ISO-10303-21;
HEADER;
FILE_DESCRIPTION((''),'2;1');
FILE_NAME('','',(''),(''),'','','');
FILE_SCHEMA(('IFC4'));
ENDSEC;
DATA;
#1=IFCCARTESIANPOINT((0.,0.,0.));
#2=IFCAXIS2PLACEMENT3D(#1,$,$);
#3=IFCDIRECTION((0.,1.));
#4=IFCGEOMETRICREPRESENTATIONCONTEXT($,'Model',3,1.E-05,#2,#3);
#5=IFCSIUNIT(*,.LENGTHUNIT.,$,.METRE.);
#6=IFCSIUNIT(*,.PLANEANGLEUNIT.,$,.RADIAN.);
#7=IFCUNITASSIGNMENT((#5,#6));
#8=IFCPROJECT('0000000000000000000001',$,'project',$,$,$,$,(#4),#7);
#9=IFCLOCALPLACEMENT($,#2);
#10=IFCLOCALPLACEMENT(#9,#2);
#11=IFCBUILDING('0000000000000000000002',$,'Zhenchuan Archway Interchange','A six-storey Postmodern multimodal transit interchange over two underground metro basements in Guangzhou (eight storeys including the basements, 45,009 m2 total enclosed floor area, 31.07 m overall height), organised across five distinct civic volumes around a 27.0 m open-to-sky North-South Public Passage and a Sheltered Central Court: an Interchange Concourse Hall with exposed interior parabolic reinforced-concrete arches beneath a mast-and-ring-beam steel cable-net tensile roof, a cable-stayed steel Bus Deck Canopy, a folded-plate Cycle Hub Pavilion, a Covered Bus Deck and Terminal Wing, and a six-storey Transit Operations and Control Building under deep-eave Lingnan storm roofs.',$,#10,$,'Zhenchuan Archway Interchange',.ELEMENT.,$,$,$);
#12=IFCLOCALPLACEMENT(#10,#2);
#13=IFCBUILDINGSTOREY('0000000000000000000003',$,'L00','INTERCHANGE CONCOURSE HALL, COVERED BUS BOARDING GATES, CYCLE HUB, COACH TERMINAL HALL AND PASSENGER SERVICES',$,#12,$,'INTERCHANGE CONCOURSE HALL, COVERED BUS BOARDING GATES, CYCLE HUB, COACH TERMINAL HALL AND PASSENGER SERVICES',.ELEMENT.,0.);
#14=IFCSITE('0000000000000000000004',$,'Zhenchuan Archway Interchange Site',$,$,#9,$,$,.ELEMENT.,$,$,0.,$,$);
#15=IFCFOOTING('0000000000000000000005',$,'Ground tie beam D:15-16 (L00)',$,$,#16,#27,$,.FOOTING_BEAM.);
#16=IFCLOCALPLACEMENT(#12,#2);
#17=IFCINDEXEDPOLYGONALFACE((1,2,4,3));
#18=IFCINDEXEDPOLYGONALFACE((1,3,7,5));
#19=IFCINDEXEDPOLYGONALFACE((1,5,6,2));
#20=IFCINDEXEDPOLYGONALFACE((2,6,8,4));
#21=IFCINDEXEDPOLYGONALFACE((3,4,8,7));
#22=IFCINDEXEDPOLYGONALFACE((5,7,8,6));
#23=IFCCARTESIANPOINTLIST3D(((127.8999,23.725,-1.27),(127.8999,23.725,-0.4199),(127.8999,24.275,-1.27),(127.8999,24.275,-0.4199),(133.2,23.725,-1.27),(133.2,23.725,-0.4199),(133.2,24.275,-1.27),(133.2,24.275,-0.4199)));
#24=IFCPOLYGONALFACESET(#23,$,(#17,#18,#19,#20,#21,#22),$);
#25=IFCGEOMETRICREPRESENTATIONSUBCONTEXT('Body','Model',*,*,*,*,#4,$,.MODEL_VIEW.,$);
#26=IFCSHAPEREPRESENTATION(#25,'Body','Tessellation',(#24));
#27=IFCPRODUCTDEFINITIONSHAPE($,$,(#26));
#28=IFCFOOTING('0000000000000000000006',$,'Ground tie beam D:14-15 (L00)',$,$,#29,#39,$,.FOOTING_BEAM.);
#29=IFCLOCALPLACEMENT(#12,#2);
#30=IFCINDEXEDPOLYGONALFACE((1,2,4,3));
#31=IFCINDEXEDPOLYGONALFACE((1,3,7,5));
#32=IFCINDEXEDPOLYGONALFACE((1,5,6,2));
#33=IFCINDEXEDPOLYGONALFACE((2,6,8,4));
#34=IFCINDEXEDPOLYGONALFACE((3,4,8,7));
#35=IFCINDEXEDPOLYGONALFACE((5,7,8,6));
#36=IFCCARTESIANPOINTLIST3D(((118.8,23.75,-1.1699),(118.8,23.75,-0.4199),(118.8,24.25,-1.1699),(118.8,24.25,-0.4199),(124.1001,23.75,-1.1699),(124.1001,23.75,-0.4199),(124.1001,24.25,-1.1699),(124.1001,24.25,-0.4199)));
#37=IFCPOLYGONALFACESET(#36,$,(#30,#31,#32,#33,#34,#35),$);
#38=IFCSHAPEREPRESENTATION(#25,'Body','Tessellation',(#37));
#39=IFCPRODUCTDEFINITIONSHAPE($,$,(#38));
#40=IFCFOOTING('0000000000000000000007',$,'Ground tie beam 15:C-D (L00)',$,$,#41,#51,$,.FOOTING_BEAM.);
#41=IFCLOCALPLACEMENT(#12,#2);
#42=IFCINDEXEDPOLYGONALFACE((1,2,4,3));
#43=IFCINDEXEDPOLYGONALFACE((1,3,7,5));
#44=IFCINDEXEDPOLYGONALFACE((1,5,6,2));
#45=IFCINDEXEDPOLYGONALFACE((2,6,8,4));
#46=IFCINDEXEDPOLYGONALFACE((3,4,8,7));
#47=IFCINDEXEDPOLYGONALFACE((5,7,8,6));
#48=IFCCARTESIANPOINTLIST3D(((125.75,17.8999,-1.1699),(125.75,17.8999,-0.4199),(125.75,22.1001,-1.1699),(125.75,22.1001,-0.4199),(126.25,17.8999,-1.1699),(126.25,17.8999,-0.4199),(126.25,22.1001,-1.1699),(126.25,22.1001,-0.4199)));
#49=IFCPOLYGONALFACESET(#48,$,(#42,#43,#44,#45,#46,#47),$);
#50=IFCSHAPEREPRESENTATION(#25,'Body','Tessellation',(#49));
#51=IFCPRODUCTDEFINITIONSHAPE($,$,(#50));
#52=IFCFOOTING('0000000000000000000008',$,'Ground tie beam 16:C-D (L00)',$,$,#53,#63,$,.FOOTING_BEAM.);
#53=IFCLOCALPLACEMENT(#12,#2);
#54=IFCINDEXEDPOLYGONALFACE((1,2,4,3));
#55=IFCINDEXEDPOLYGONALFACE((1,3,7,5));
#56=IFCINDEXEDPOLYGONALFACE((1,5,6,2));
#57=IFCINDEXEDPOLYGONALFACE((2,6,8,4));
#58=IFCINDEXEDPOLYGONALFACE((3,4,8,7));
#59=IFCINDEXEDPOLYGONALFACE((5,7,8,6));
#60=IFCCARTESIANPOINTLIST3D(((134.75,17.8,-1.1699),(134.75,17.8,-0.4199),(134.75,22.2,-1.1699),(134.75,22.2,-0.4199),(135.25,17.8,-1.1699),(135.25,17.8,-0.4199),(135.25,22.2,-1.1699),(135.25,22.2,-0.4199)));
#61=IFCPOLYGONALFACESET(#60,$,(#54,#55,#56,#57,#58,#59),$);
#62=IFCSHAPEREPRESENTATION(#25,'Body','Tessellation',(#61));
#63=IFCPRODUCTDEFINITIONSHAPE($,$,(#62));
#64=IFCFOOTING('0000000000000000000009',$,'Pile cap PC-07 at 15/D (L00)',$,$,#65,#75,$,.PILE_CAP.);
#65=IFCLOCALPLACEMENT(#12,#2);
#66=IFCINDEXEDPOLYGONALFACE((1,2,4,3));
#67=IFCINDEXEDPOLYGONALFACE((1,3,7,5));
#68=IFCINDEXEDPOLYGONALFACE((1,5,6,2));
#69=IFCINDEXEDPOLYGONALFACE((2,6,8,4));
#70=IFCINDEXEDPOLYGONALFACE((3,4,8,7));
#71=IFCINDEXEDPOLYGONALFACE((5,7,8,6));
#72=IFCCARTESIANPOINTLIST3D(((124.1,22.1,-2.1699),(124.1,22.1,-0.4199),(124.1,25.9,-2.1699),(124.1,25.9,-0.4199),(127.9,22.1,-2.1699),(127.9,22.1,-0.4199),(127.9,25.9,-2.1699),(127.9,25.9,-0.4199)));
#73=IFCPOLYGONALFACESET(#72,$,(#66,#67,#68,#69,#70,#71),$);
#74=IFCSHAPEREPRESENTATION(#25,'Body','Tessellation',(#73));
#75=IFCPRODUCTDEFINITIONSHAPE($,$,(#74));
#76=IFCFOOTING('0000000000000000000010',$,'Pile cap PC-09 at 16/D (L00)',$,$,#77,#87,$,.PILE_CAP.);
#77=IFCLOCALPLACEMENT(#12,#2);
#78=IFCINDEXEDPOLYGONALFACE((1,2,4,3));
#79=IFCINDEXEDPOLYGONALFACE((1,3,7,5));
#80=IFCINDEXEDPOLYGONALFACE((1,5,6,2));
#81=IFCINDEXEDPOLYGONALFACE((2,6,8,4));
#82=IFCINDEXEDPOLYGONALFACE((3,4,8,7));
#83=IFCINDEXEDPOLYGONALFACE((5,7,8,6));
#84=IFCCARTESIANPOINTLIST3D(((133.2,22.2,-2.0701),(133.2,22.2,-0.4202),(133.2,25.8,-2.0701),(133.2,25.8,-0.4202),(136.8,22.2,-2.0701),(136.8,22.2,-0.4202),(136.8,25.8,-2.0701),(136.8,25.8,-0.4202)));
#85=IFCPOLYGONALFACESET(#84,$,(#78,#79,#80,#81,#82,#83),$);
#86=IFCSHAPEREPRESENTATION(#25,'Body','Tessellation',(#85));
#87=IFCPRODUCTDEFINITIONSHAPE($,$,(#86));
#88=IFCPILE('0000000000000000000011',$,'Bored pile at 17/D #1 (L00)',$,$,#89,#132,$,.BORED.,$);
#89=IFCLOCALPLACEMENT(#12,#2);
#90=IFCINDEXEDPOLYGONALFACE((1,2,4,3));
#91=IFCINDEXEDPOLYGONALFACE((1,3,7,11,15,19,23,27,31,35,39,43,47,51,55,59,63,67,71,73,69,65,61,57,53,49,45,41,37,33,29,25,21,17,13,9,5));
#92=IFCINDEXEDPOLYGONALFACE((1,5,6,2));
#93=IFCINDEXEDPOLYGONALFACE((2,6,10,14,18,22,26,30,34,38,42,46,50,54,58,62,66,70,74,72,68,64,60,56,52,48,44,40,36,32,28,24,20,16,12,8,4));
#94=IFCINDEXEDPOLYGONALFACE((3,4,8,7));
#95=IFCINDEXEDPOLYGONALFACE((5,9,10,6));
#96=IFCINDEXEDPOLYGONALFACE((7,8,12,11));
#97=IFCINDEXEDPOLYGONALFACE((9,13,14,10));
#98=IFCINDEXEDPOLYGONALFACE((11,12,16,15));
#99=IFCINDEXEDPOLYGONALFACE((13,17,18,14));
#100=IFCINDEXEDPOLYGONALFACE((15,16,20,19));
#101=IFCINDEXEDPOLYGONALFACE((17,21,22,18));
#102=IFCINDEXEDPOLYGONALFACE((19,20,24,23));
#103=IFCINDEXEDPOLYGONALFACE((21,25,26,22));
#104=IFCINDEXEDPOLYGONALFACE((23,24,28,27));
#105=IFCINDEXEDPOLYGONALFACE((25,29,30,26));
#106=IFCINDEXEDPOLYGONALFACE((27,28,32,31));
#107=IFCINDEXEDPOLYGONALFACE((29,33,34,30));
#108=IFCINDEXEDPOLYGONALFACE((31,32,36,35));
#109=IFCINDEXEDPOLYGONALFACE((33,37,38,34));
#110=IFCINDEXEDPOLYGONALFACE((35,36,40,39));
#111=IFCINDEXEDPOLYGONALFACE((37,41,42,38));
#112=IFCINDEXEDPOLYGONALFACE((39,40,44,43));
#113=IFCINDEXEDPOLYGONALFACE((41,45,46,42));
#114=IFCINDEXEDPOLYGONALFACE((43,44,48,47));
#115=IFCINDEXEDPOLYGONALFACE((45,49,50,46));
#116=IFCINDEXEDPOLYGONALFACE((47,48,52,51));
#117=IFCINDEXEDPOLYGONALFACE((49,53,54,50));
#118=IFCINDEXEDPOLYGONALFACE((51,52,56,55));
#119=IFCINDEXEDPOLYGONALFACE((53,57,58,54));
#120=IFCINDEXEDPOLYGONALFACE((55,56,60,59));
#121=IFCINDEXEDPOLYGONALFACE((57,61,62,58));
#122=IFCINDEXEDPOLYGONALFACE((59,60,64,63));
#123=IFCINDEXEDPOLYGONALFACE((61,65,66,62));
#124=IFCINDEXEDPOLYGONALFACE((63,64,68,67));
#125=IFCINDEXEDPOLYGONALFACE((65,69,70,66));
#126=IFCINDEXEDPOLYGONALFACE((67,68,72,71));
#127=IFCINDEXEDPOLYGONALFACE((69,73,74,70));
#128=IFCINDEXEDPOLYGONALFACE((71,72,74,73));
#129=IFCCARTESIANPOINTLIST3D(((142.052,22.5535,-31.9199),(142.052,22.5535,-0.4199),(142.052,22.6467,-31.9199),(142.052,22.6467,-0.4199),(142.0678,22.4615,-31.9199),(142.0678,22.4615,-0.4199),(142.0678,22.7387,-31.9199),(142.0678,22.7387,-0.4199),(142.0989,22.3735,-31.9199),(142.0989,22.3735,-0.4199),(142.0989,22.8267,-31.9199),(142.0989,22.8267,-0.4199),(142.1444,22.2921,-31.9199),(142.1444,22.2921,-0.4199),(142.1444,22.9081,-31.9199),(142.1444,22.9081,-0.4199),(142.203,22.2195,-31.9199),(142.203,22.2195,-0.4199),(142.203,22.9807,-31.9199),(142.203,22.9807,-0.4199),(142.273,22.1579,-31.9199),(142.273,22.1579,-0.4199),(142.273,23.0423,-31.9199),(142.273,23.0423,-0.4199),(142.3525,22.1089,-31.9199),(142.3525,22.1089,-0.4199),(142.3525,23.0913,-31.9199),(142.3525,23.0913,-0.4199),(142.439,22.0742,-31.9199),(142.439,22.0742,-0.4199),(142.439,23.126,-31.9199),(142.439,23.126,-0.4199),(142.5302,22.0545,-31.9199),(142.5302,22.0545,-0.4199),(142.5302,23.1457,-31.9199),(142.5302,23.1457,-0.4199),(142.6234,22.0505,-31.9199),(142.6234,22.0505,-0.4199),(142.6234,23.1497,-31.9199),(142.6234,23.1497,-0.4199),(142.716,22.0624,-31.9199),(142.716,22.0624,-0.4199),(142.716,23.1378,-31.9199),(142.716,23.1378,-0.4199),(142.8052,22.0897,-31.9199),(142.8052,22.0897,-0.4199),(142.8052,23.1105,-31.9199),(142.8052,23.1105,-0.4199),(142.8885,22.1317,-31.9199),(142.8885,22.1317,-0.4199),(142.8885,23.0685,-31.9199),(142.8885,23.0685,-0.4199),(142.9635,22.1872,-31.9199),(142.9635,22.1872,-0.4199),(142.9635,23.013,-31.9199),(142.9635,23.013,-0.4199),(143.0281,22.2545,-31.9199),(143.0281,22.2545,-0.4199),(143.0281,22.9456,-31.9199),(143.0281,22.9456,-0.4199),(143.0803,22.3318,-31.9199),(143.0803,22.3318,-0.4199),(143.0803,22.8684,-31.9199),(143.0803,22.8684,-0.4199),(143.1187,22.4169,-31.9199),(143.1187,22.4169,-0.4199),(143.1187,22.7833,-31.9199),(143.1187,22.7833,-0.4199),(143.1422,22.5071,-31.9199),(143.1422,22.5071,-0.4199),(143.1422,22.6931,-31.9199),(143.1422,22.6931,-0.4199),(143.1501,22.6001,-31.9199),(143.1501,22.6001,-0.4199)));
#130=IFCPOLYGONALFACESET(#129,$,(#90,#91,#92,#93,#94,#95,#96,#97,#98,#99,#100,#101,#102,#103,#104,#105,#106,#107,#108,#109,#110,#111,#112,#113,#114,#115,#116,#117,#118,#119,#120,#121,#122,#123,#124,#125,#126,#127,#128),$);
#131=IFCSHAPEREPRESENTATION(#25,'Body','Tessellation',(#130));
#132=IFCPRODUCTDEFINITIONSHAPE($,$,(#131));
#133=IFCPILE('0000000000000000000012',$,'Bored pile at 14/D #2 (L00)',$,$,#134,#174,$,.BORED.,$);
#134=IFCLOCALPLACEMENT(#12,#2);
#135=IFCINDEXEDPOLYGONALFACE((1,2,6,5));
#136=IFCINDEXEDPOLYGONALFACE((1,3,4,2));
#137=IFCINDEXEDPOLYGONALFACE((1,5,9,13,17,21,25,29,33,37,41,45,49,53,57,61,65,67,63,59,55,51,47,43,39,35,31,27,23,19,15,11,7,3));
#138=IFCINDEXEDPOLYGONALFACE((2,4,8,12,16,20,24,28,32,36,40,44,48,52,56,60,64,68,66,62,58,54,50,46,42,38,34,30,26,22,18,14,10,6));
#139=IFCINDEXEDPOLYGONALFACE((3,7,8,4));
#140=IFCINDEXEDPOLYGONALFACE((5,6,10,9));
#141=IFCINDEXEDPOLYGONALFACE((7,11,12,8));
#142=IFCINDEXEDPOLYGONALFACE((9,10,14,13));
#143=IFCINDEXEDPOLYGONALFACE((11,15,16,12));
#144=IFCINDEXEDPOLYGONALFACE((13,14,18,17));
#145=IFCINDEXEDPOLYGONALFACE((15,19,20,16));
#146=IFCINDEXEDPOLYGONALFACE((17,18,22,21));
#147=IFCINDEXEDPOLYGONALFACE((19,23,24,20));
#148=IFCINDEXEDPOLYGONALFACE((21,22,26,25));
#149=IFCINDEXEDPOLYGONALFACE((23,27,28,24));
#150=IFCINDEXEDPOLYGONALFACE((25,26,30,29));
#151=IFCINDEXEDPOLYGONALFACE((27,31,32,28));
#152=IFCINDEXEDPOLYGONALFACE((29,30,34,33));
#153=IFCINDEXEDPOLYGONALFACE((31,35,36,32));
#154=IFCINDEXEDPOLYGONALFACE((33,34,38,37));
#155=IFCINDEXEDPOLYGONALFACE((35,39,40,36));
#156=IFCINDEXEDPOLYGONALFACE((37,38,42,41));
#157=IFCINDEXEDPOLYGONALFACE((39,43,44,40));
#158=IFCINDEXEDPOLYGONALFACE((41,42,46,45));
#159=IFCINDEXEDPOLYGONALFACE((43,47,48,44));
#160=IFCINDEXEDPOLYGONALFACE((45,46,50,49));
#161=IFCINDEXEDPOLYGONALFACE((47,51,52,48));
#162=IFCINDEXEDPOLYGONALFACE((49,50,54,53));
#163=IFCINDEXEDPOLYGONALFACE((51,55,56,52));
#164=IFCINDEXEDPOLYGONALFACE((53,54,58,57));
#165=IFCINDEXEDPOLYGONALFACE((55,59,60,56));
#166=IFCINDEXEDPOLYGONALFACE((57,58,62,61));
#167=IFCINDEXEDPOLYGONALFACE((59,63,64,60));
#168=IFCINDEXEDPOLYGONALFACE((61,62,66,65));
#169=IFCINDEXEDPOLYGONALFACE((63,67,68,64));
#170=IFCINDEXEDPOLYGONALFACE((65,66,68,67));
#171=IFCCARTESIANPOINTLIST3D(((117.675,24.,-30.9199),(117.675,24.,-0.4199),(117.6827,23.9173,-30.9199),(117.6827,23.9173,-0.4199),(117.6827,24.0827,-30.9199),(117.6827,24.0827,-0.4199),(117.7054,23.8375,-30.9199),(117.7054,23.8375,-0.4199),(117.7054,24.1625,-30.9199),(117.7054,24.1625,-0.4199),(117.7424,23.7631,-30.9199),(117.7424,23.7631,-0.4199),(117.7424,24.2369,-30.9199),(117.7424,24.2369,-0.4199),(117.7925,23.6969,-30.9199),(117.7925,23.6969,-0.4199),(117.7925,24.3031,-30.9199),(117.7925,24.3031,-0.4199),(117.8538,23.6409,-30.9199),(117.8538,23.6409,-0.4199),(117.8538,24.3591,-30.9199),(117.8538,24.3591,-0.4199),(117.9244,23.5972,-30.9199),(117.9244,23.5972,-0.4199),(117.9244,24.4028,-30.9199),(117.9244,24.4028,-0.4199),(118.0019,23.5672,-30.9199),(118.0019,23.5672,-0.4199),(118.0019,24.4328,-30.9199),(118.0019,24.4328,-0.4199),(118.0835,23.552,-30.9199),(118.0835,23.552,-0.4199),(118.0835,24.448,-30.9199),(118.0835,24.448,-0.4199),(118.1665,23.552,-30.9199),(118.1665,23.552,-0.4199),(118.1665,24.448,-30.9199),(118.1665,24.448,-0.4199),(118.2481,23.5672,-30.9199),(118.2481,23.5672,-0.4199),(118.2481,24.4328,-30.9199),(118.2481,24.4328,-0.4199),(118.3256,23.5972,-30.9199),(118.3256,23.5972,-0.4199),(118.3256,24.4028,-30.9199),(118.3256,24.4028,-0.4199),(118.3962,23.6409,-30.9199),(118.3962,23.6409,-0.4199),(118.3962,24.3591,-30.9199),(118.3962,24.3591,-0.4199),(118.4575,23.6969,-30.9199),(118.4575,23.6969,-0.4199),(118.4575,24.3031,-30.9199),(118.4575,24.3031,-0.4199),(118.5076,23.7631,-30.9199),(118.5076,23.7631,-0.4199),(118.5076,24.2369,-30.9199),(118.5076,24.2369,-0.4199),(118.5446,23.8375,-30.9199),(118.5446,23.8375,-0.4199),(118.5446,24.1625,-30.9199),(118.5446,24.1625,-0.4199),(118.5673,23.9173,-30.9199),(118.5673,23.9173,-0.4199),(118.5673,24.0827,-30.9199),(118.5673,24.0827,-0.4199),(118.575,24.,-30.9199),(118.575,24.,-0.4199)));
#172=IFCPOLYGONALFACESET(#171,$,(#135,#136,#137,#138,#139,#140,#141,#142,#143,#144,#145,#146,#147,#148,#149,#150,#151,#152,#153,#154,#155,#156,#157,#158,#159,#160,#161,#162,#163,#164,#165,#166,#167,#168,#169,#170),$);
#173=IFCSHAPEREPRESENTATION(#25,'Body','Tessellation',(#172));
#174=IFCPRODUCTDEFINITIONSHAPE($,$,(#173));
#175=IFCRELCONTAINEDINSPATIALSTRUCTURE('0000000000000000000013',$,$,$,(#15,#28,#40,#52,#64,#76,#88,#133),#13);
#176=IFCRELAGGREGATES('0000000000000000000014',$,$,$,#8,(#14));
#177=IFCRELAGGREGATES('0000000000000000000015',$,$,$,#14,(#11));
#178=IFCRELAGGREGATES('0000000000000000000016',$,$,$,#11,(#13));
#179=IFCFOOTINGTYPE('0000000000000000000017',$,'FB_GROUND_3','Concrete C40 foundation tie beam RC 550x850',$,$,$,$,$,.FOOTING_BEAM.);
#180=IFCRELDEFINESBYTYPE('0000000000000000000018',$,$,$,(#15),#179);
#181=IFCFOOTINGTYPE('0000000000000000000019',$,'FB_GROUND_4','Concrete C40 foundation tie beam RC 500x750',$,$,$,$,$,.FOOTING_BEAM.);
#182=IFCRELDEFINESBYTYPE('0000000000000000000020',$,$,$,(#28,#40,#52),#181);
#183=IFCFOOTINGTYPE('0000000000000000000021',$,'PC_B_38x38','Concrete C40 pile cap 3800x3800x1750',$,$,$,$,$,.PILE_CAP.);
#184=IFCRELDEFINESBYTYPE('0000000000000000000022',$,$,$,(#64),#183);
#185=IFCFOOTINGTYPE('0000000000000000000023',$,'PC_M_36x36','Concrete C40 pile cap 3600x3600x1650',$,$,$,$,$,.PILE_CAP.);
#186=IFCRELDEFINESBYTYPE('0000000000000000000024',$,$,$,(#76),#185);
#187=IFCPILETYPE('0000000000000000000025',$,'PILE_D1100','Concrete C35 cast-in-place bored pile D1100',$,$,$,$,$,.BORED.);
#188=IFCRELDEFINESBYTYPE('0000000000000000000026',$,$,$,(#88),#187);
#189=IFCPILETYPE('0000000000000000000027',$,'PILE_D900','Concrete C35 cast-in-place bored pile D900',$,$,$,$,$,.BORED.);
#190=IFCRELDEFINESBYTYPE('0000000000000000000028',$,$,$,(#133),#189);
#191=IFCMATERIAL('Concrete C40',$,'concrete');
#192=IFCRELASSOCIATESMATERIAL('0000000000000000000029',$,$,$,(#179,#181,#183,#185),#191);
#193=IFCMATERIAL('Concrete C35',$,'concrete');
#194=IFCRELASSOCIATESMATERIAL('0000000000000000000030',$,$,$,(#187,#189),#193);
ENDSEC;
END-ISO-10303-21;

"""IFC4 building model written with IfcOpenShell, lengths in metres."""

from ifc_helpers import new_model, si_unit, direction, frame, origin, origin_2d, place, context, subcontext, project, spatial, rectangle, circle, extrude, material, material_profile, profile_set, type_object, element, save


model = new_model("IFC4")

# Units and contexts
model_context = context("Model", 3, precision=1e-05, world=origin(), true_north=direction((0.0, 1.0)))
body_context = subcontext(model_context, "Body", "Model", "MODEL_VIEW")
ifc_project = project(units=[si_unit("LENGTHUNIT", "METRE"), si_unit("PLANEANGLEUNIT", "RADIAN")], contexts=[model_context])

# Site, building, storey
site_placement = place(None, origin())
site = spatial("IfcSite", under=ifc_project, at=site_placement, Name="Zhenchuan Archway Interchange Site", CompositionType="ELEMENT", RefElevation=0.0)
building_placement = place(site_placement, origin())
building = spatial("IfcBuilding", under=site, at=building_placement, Name="Zhenchuan Archway Interchange", Description="A six-storey Postmodern multimodal transit interchange over two underground metro basements in Guangzhou (eight storeys including the basements, 45,009 m2 total enclosed floor area, 31.07 m overall height), organised across five distinct civic volumes around a 27.0 m open-to-sky North-South Public Passage and a Sheltered Central Court: an Interchange Concourse Hall with exposed interior parabolic reinforced-concrete arches beneath a mast-and-ring-beam steel cable-net tensile roof, a cable-stayed steel Bus Deck Canopy, a folded-plate Cycle Hub Pavilion, a Covered Bus Deck and Terminal Wing, and a six-storey Transit Operations and Control Building under deep-eave Lingnan storm roofs.", LongName="Zhenchuan Archway Interchange", CompositionType="ELEMENT")
storey_placement = place(building_placement, origin())
storey = spatial("IfcBuildingStorey", under=building, at=storey_placement, Name="L00", Description="INTERCHANGE CONCOURSE HALL, COVERED BUS BOARDING GATES, CYCLE HUB, COACH TERMINAL HALL AND PASSENGER SERVICES", LongName="INTERCHANGE CONCOURSE HALL, COVERED BUS BOARDING GATES, CYCLE HUB, COACH TERMINAL HALL AND PASSENGER SERVICES", CompositionType="ELEMENT", Elevation=0.0)

# Footings
ifc_material_1 = material(Name="Concrete C40", Category="concrete")
ifc_material_profile_1 = material_profile(ifc_material_1, rectangle(XDim=0.55, YDim=0.8501, at=origin_2d()), Name="RC 550x850")
ifc_profile_set_1 = profile_set([ifc_material_profile_1], Name="Concrete C40")
footing_type_1 = type_object("IfcFootingType", Name="FB_GROUND_3", Description="Concrete C40 foundation tie beam RC 550x850", PredefinedType="FOOTING_BEAM", material=ifc_profile_set_1)
footing_1_placement = place(storey_placement, frame((127.8999, 24.0, -0.845), z_axis=(1.0, 0.0, 0.0), x_axis=(0.0, 1.0, 0.0)))
element("IfcFooting", 1, at=footing_1_placement, inside=storey, type_object=footing_type_1, Name="Ground tie beam D:15-16 (L00)", PredefinedType="FOOTING_BEAM", context=body_context, shape_type="SweptSolid", body=[
    extrude(rectangle(XDim=0.55, YDim=0.8501, at=origin_2d()), origin(), (0.0, 0.0, 1.0), 5.3),
])
ifc_material_profile_2 = material_profile(ifc_material_1, rectangle(XDim=0.5, YDim=0.75, at=origin_2d()), Name="RC 500x750")
ifc_profile_set_2 = profile_set([ifc_material_profile_2], Name="Concrete C40")
footing_type_2 = type_object("IfcFootingType", Name="FB_GROUND_4", Description="Concrete C40 foundation tie beam RC 500x750", PredefinedType="FOOTING_BEAM", material=ifc_profile_set_2)
footing_2_placement = place(storey_placement, frame((118.8, 24.0, -0.7949), z_axis=(1.0, 0.0, 0.0), x_axis=(0.0, 1.0, 0.0)))
element("IfcFooting", 2, at=footing_2_placement, inside=storey, type_object=footing_type_2, Name="Ground tie beam D:14-15 (L00)", PredefinedType="FOOTING_BEAM", context=body_context, shape_type="SweptSolid", body=[
    extrude(rectangle(XDim=0.5, YDim=0.75, at=origin_2d()), origin(), (0.0, 0.0, 1.0), 5.3),
])
footing_3_placement = place(storey_placement, frame((126.0, 17.8999, -0.7949), z_axis=(0.0, 1.0, 0.0), x_axis=(-1.0, 0.0, 0.0)))
element("IfcFooting", 3, at=footing_3_placement, inside=storey, type_object=footing_type_2, Name="Ground tie beam 15:C-D (L00)", PredefinedType="FOOTING_BEAM", context=body_context, shape_type="SweptSolid", body=[
    extrude(rectangle(XDim=0.5, YDim=0.75, at=origin_2d()), origin(), (0.0, 0.0, 1.0), 4.2002),
])
footing_4_placement = place(storey_placement, frame((135.0, 17.8, -0.7949), z_axis=(0.0, 1.0, 0.0), x_axis=(-1.0, 0.0, 0.0)))
element("IfcFooting", 4, at=footing_4_placement, inside=storey, type_object=footing_type_2, Name="Ground tie beam 16:C-D (L00)", PredefinedType="FOOTING_BEAM", context=body_context, shape_type="SweptSolid", body=[
    extrude(rectangle(XDim=0.5, YDim=0.75, at=origin_2d()), origin(), (0.0, 0.0, 1.0), 4.3999),
])
footing_type_3 = type_object("IfcFootingType", Name="PC_B_38x38", Description="Concrete C40 pile cap 3800x3800x1750", PredefinedType="PILE_CAP", material=ifc_material_1)
footing_5_placement = place(storey_placement, frame((126.0, 24.0, -2.1699), z_axis=(0.0, 0.0, 1.0), x_axis=(1.0, 0.0, 0.0)))
element("IfcFooting", 5, at=footing_5_placement, inside=storey, type_object=footing_type_3, Name="Pile cap PC-07 at 15/D (L00)", PredefinedType="PILE_CAP", context=body_context, shape_type="SweptSolid", body=[
    extrude(rectangle(XDim=3.8, YDim=3.8, at=origin_2d()), origin(), (0.0, 0.0, 1.0), 1.75),
])
footing_type_4 = type_object("IfcFootingType", Name="PC_M_36x36", Description="Concrete C40 pile cap 3600x3600x1650", PredefinedType="PILE_CAP", material=ifc_material_1)
footing_6_placement = place(storey_placement, frame((135.0, 24.0, -2.0701), z_axis=(0.0, 0.0, 1.0), x_axis=(1.0, 0.0, 0.0)))
element("IfcFooting", 6, at=footing_6_placement, inside=storey, type_object=footing_type_4, Name="Pile cap PC-09 at 16/D (L00)", PredefinedType="PILE_CAP", context=body_context, shape_type="SweptSolid", body=[
    extrude(rectangle(XDim=3.6001, YDim=3.6001, at=origin_2d()), origin(), (0.0, 0.0, 1.0), 1.6499),
])

# Piles
ifc_material_2 = material(Name="Concrete C35", Category="concrete")
ifc_material_profile_3 = material_profile(ifc_material_2, circle(Radius=0.55, at=origin_2d()), Name="BORED PILE 1100")
ifc_profile_set_3 = profile_set([ifc_material_profile_3], Name="Concrete C35")
pile_type_1 = type_object("IfcPileType", Name="PILE_D1100", Description="Concrete C35 cast-in-place bored pile D1100", PredefinedType="BORED", material=ifc_profile_set_3)
pile_placement = place(storey_placement, frame((142.6001, 22.6001, -0.4199), z_axis=(0.0, 0.0, -1.0), x_axis=(1.0, 0.0, 0.0)))
element("IfcPile", 7, at=pile_placement, inside=storey, type_object=pile_type_1, Name="Bored pile at 17/D #1 (L00)", PredefinedType="BORED", context=body_context, shape_type="SweptSolid", body=[
    extrude(circle(Radius=0.55, at=origin_2d()), origin(), (0.0, 0.0, 1.0), 31.5),
])
ifc_material_profile_4 = material_profile(ifc_material_2, circle(Radius=0.45, at=origin_2d()), Name="BORED PILE 900")
ifc_profile_set_4 = profile_set([ifc_material_profile_4], Name="Concrete C35")
pile_type_2 = type_object("IfcPileType", Name="PILE_D900", Description="Concrete C35 cast-in-place bored pile D900", PredefinedType="BORED", material=ifc_profile_set_4)
for number, where, z_axis, x_axis, name in (
    (8, (118.125, 24.0, -0.4199), (0.0, 0.0, -1.0), (1.0, 0.0, 0.0), "Bored pile at 14/D #2 (L00)"),
):
    element("IfcPile", number, at=place(storey_placement, frame(where, z_axis=z_axis, x_axis=x_axis)), inside=storey, type_object=pile_type_2, Name=name, PredefinedType="BORED", context=body_context, shape_type="SweptSolid", body=[
        extrude(circle(Radius=0.45, at=origin_2d()), origin(), (0.0, 0.0, 1.0), 30.5),
    ])

save(model, "model.ifc")
